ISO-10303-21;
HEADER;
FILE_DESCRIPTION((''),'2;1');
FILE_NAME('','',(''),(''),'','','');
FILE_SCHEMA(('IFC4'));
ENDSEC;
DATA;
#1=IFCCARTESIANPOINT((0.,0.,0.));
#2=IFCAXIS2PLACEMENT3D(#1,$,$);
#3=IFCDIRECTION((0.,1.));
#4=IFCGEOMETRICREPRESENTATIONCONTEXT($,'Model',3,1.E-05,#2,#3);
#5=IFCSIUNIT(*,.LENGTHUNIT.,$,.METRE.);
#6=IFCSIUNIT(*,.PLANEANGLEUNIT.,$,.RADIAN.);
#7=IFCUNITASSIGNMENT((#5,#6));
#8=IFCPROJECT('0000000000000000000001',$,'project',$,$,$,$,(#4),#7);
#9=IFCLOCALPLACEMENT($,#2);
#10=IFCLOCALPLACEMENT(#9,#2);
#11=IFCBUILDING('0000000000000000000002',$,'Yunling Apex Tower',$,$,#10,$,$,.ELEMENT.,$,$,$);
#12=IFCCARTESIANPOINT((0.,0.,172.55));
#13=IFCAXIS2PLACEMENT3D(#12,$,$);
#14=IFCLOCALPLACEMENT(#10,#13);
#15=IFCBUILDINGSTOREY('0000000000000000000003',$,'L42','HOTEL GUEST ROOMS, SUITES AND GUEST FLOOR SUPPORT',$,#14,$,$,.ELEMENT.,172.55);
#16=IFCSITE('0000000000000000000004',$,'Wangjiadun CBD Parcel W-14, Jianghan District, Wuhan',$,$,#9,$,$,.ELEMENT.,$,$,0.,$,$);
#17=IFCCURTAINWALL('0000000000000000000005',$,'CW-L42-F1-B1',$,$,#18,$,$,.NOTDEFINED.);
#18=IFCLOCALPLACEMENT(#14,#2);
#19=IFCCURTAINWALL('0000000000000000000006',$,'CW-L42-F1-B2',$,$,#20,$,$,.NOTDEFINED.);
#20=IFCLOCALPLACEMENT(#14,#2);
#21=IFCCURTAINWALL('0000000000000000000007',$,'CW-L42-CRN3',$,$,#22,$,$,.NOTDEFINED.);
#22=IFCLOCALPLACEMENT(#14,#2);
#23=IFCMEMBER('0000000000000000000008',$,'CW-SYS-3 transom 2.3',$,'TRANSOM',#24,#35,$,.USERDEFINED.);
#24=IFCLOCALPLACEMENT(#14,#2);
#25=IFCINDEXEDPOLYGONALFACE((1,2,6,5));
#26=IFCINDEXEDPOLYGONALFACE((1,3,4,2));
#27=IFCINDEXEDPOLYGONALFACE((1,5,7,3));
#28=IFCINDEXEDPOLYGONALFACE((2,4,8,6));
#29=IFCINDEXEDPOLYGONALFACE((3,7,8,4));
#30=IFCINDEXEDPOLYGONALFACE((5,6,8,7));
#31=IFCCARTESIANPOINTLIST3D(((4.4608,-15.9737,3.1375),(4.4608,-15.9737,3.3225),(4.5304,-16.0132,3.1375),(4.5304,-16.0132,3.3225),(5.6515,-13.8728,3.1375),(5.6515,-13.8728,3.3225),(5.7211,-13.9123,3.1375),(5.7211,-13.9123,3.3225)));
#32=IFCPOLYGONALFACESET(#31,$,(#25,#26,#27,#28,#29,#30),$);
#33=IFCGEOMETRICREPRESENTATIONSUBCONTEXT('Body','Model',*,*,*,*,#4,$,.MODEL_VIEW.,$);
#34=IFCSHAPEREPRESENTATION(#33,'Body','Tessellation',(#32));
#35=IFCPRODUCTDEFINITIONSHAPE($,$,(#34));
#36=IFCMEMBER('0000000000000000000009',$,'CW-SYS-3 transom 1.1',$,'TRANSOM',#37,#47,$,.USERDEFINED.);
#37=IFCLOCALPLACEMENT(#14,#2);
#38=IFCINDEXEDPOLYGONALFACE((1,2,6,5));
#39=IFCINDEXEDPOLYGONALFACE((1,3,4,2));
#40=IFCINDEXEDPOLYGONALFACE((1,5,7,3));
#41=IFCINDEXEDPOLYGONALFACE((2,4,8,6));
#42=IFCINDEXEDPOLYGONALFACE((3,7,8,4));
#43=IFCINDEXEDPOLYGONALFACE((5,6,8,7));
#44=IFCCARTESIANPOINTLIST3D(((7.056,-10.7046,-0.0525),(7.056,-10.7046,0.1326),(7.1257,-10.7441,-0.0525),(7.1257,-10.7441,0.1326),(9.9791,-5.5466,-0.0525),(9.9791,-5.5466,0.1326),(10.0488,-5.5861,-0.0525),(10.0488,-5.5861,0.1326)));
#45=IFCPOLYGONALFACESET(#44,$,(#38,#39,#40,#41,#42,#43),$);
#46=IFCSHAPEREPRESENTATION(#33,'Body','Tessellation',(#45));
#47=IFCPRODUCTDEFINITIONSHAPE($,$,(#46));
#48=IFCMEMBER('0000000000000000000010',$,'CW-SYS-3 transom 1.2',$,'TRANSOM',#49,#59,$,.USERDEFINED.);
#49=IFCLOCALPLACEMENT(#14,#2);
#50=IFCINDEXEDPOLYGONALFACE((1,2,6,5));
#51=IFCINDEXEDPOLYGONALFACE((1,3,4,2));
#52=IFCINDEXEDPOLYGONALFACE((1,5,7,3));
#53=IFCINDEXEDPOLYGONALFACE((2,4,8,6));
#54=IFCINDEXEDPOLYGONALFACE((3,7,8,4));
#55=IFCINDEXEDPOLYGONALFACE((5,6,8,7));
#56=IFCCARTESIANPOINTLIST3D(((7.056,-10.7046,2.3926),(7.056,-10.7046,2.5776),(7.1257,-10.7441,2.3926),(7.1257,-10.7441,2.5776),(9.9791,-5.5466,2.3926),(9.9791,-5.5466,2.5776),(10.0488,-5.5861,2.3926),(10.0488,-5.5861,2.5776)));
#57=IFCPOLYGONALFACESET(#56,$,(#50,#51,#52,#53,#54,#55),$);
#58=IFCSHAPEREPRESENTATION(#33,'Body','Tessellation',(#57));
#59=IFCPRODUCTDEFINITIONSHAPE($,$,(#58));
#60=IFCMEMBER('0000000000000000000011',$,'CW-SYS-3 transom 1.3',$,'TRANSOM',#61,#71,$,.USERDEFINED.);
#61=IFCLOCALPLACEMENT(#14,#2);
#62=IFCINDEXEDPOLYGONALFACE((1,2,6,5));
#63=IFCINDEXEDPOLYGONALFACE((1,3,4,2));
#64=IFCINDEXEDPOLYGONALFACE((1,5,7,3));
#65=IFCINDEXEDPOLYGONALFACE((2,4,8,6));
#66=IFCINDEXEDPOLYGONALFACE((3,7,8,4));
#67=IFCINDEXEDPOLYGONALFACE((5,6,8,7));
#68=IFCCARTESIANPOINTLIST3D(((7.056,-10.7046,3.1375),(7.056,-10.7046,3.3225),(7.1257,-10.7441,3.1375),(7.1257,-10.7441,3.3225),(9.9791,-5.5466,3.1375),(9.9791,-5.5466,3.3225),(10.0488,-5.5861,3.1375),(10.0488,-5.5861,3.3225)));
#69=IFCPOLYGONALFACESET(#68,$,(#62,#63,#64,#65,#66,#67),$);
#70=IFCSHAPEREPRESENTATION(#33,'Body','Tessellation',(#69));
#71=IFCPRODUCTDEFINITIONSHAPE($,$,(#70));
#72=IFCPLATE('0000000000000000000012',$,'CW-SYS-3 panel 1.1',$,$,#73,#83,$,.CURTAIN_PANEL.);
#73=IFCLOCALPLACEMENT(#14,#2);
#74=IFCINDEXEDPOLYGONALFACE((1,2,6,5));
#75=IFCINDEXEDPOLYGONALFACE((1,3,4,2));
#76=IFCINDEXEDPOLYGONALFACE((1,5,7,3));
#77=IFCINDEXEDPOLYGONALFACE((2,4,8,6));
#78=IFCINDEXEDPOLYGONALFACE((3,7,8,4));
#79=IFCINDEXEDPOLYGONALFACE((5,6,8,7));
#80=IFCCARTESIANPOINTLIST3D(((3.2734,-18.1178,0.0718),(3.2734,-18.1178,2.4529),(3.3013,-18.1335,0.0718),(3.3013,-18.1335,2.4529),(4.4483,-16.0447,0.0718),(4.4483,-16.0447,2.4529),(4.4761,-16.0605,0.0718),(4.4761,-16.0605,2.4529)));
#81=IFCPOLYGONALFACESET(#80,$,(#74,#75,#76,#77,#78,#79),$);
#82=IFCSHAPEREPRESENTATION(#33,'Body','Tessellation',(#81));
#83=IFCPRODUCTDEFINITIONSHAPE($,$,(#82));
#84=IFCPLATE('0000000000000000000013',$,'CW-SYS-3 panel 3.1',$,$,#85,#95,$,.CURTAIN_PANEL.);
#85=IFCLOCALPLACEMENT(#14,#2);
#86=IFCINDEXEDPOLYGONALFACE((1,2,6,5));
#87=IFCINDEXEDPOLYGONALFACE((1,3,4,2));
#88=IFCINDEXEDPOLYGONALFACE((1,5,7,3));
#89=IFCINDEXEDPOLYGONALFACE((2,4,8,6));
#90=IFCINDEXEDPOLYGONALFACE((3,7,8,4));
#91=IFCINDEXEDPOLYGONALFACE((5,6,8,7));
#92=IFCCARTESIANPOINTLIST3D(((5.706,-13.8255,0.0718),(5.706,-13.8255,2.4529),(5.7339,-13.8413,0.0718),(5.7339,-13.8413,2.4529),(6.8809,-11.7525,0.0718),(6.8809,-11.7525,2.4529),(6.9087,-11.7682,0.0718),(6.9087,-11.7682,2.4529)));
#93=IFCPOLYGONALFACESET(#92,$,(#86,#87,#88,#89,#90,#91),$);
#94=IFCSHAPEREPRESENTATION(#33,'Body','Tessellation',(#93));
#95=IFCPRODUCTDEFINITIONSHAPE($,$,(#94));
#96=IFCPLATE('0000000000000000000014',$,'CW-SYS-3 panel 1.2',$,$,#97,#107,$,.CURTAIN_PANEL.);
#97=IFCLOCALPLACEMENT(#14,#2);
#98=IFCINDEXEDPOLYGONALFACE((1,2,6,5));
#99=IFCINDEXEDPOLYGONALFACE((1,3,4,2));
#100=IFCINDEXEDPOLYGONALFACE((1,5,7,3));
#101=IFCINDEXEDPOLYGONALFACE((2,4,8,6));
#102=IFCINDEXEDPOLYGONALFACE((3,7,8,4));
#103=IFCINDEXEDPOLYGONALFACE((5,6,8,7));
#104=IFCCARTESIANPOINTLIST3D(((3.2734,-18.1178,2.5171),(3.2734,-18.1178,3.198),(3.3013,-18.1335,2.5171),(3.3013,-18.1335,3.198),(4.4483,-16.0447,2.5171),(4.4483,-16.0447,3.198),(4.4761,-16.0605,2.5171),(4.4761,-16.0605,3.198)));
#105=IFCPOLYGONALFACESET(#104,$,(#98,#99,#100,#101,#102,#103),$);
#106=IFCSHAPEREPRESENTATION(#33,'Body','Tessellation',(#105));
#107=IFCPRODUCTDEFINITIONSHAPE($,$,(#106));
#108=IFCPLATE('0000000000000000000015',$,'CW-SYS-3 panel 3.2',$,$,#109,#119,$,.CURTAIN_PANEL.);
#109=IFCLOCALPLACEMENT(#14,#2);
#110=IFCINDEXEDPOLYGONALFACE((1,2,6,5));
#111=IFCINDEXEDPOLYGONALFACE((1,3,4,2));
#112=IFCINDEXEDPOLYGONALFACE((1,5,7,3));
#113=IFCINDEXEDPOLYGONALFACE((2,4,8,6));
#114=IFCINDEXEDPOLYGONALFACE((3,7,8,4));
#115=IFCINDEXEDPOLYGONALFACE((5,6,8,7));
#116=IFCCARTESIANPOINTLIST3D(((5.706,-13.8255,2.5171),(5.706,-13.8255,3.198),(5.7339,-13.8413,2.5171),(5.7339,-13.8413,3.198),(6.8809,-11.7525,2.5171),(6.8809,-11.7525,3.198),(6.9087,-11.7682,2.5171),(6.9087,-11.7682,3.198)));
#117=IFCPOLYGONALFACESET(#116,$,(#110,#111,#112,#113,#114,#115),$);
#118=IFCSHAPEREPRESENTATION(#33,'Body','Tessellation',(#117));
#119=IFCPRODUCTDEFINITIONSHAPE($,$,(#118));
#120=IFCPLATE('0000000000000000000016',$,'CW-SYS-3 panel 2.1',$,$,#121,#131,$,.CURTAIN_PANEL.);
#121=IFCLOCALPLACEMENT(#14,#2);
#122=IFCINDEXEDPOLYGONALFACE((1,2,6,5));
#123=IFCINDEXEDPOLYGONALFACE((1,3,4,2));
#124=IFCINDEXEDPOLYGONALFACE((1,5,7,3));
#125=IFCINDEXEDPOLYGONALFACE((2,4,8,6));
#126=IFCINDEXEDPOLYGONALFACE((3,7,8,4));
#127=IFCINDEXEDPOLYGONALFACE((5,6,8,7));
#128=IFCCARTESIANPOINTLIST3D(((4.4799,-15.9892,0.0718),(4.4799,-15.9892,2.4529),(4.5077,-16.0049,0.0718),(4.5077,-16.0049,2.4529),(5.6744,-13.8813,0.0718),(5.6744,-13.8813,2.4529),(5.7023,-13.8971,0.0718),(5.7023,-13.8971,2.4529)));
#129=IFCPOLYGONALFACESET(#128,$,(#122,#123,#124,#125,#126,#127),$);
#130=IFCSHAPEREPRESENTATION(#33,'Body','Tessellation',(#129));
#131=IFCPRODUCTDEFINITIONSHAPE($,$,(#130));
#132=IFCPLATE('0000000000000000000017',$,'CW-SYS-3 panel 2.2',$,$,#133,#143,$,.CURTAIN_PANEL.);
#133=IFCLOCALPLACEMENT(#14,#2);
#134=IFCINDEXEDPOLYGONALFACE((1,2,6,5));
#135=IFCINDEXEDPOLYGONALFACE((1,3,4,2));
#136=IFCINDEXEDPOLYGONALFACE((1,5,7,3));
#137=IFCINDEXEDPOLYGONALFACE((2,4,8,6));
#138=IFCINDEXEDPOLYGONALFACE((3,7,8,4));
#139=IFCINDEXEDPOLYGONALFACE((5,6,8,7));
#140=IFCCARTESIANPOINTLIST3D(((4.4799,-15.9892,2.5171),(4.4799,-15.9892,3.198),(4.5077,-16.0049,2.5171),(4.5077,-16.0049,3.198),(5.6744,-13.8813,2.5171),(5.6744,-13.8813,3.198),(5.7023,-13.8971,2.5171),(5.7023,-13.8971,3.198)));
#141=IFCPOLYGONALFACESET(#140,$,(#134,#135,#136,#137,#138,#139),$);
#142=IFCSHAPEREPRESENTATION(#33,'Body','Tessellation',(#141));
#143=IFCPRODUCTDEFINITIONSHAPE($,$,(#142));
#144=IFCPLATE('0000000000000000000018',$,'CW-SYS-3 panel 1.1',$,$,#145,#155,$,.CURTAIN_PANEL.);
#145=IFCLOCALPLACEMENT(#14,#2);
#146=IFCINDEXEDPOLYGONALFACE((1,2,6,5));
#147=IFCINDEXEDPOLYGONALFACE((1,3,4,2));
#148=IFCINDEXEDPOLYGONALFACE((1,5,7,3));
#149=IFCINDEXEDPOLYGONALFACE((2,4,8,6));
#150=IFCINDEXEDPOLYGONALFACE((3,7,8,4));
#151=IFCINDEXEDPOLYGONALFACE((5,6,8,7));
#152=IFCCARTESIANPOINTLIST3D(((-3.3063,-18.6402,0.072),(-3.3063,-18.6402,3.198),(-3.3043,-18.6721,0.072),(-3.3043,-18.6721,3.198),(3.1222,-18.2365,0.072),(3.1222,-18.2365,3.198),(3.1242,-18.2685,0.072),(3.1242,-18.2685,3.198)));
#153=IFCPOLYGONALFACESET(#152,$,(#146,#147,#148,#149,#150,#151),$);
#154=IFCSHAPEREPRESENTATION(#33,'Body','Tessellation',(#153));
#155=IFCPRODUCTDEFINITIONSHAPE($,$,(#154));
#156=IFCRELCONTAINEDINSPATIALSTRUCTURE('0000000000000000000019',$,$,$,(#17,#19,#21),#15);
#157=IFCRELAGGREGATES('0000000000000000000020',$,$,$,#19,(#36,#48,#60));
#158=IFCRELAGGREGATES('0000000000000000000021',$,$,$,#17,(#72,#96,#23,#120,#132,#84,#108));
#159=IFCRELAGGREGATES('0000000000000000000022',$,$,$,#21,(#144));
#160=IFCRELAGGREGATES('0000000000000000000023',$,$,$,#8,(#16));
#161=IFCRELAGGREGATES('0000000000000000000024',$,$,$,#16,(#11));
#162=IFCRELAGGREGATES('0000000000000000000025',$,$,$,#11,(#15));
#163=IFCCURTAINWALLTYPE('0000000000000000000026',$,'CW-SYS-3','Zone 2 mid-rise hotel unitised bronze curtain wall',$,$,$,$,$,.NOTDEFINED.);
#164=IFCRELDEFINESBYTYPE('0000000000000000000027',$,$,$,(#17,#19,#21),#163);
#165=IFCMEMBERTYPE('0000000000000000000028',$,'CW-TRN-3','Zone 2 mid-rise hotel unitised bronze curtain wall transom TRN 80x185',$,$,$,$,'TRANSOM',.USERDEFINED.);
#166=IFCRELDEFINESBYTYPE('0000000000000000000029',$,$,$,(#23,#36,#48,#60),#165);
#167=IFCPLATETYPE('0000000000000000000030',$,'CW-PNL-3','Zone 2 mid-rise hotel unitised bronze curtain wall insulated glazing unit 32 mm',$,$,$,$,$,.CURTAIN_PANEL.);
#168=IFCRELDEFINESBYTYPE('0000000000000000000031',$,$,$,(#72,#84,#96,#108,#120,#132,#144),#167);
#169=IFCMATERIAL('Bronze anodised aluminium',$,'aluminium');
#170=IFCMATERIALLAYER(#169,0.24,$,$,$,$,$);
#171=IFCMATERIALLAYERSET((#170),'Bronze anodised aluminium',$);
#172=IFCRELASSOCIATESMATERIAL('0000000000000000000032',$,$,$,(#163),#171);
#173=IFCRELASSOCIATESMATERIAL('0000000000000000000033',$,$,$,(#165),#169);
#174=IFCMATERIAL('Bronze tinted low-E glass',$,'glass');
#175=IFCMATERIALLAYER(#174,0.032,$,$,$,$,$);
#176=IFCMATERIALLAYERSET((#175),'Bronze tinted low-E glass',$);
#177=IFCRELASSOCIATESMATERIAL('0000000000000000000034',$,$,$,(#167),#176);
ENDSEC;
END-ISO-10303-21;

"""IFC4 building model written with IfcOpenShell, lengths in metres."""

from ifc_helpers import new_model, si_unit, direction, frame, origin, origin_2d, place, context, subcontext, project, spatial, rectangle, extrude, source, transform, mapped, material, layer, layer_set, material_profile, profile_set, type_object, element, aggregate, save


model = new_model("IFC4")

# Units and contexts
model_context = context("Model", 3, precision=1e-05, world=origin(), true_north=direction((0.0, 1.0)))
body_context = subcontext(model_context, "Body", "Model", "MODEL_VIEW")
ifc_project = project(units=[si_unit("LENGTHUNIT", "METRE"), si_unit("PLANEANGLEUNIT", "RADIAN")], contexts=[model_context])

# Site, building, storey
site_placement = place(None, origin())
site = spatial("IfcSite", under=ifc_project, at=site_placement, Name="Wangjiadun CBD Parcel W-14, Jianghan District, Wuhan", CompositionType="ELEMENT", RefElevation=0.0)
building_placement = place(site_placement, origin())
building = spatial("IfcBuilding", under=site, at=building_placement, Name="Yunling Apex Tower", CompositionType="ELEMENT")
storey_placement = place(building_placement, frame((0.0, 0.0, 172.55)))
storey = spatial("IfcBuildingStorey", under=building, at=storey_placement, Name="L42", Description="HOTEL GUEST ROOMS, SUITES AND GUEST FLOOR SUPPORT", CompositionType="ELEMENT", Elevation=172.55)

# Curtain wall
ifc_material_1 = material(Name="Bronze anodised aluminium", Category="aluminium")
ifc_layer_1 = layer(ifc_material_1, 0.24)
ifc_layer_set_1 = layer_set([ifc_layer_1], Name="Bronze anodised aluminium")
curtain_wall_type = type_object("IfcCurtainWallType", Name="CW-SYS-3", Description="Zone 2 mid-rise hotel unitised bronze curtain wall", PredefinedType="NOTDEFINED", material=ifc_layer_set_1)
curtain_wall_1_placement = place(storey_placement, origin())
curtain_wall_1 = element("IfcCurtainWall", 1, at=curtain_wall_1_placement, inside=storey, type_object=curtain_wall_type, Name="CW-L42-F1-B1", PredefinedType="NOTDEFINED")

# Curtain walls
curtain_wall_2_placement = place(storey_placement, origin())
curtain_wall_2 = element("IfcCurtainWall", 2, at=curtain_wall_2_placement, inside=storey, type_object=curtain_wall_type, Name="CW-L42-F1-B2", PredefinedType="NOTDEFINED")
curtain_wall_3_placement = place(storey_placement, origin())
curtain_wall_3 = element("IfcCurtainWall", 3, at=curtain_wall_3_placement, inside=storey, type_object=curtain_wall_type, Name="CW-L42-CRN3", PredefinedType="NOTDEFINED")

# Members
ifc_material_profile_1 = material_profile(ifc_material_1, rectangle(XDim=0.0801, YDim=0.1851, at=origin_2d()))
ifc_profile_set_1 = profile_set([ifc_material_profile_1], Name="Bronze anodised aluminium")
member_type_1 = type_object("IfcMemberType", Name="CW-TRN-3", Description="Zone 2 mid-rise hotel unitised bronze curtain wall transom TRN 80x185", ElementType="TRANSOM", PredefinedType="USERDEFINED", material=ifc_profile_set_1)
shared_shape_1 = source(origin(), body_context, "Body", "SweptSolid", [
    extrude(rectangle(XDim=0.0801, YDim=0.1851, at=origin_2d()), origin(), (0.0, 0.0, 1.0), 2.4148),
])
member_1_placement = place(storey_placement, frame((4.4956, -15.9934, 3.23), z_axis=(0.493076, 0.869986, 0.0), x_axis=(-0.869986, 0.493076, 0.0)))
member_1 = element("IfcMember", 4, at=member_1_placement, type_object=member_type_1, Name="CW-SYS-3 transom 2.3", ObjectType="TRANSOM", PredefinedType="USERDEFINED", context=body_context, shape_type="MappedRepresentation", body=[
    mapped(shared_shape_1, transform((0.0, 0.0, 0.0), scale=1.0)),
])
shared_shape_2 = source(origin(), body_context, "Body", "SweptSolid", [
    extrude(rectangle(XDim=0.0801, YDim=0.1851, at=origin_2d()), origin(), (0.0, 0.0, 1.0), 5.9287),
])
member_2_placement = place(storey_placement, frame((7.0908, -10.7244, 0.04), z_axis=(0.493045, 0.870004, 0.0), x_axis=(-0.870004, 0.493045, 0.0)))
member_2 = element("IfcMember", 5, at=member_2_placement, type_object=member_type_1, Name="CW-SYS-3 transom 1.1", ObjectType="TRANSOM", PredefinedType="USERDEFINED", context=body_context, shape_type="MappedRepresentation", body=[
    mapped(shared_shape_2, transform((0.0, 0.0, 0.0), scale=1.0)),
])
member_3_placement = place(storey_placement, frame((7.0908, -10.7244, 2.4851), z_axis=(0.493045, 0.870004, 0.0), x_axis=(-0.870004, 0.493045, 0.0)))
member_3 = element("IfcMember", 6, at=member_3_placement, type_object=member_type_1, Name="CW-SYS-3 transom 1.2", ObjectType="TRANSOM", PredefinedType="USERDEFINED", context=body_context, shape_type="MappedRepresentation", body=[
    mapped(shared_shape_2, transform((0.0, 0.0, 0.0), scale=1.0)),
])
member_4_placement = place(storey_placement, frame((7.0908, -10.7244, 3.23), z_axis=(0.493045, 0.870004, 0.0), x_axis=(-0.870004, 0.493045, 0.0)))
member_4 = element("IfcMember", 7, at=member_4_placement, type_object=member_type_1, Name="CW-SYS-3 transom 1.3", ObjectType="TRANSOM", PredefinedType="USERDEFINED", context=body_context, shape_type="MappedRepresentation", body=[
    mapped(shared_shape_2, transform((0.0, 0.0, 0.0), scale=1.0)),
])
aggregate(curtain_wall_2, [member_2, member_3, member_4])

# Plates
ifc_material_2 = material(Name="Bronze tinted low-E glass", Category="glass")
ifc_layer_2 = layer(ifc_material_2, 0.032)
ifc_layer_set_2 = layer_set([ifc_layer_2], Name="Bronze tinted low-E glass")
plate_type = type_object("IfcPlateType", Name="CW-PNL-3", Description="Zone 2 mid-rise hotel unitised bronze curtain wall insulated glazing unit 32 mm", PredefinedType="CURTAIN_PANEL", material=ifc_layer_set_2)
shared_shape_3 = source(origin(), body_context, "Body", "SweptSolid", [
    extrude(rectangle(XDim=2.3828, YDim=0.032, at=origin_2d()), origin(), (0.0, 0.0, 1.0), 2.3811),
])
plate_1_placement = place(storey_placement, frame((3.8748, -17.0891, 0.0718), z_axis=(0.0, 0.0, 1.0), x_axis=(0.493041, 0.870006, 0.0)))
plate_1 = element("IfcPlate", 8, at=plate_1_placement, type_object=plate_type, Name="CW-SYS-3 panel 1.1", PredefinedType="CURTAIN_PANEL", context=body_context, shape_type="MappedRepresentation", body=[
    mapped(shared_shape_3, transform((0.0, 0.0, 0.0), scale=1.0)),
])
plate_2_placement = place(storey_placement, frame((6.3074, -12.7969, 0.0718), z_axis=(0.0, 0.0, 1.0), x_axis=(0.493041, 0.870006, 0.0)))
plate_2 = element("IfcPlate", 9, at=plate_2_placement, type_object=plate_type, Name="CW-SYS-3 panel 3.1", PredefinedType="CURTAIN_PANEL", context=body_context, shape_type="MappedRepresentation", body=[
    mapped(shared_shape_3, transform((0.0, 0.0, 0.0), scale=1.0)),
])
shared_shape_4 = source(origin(), body_context, "Body", "SweptSolid", [
    extrude(rectangle(XDim=2.3828, YDim=0.032, at=origin_2d()), origin(), (0.0, 0.0, 1.0), 0.6809),
])
plate_3_placement = place(storey_placement, frame((3.8748, -17.0891, 2.5171), z_axis=(0.0, 0.0, 1.0), x_axis=(0.493041, 0.870006, 0.0)))
plate_3 = element("IfcPlate", 10, at=plate_3_placement, type_object=plate_type, Name="CW-SYS-3 panel 1.2", PredefinedType="CURTAIN_PANEL", context=body_context, shape_type="MappedRepresentation", body=[
    mapped(shared_shape_4, transform((0.0, 0.0, 0.0), scale=1.0)),
])
plate_4_placement = place(storey_placement, frame((6.3074, -12.7969, 2.5171), z_axis=(0.0, 0.0, 1.0), x_axis=(0.493041, 0.870006, 0.0)))
plate_4 = element("IfcPlate", 11, at=plate_4_placement, type_object=plate_type, Name="CW-SYS-3 panel 3.2", PredefinedType="CURTAIN_PANEL", context=body_context, shape_type="MappedRepresentation", body=[
    mapped(shared_shape_4, transform((0.0, 0.0, 0.0), scale=1.0)),
])
shared_shape_5 = source(origin(), body_context, "Body", "SweptSolid", [
    extrude(rectangle(XDim=2.4229, YDim=0.032, at=origin_2d()), origin(), (0.0, 0.0, 1.0), 2.3811),
])
plate_5_placement = place(storey_placement, frame((5.0911, -14.9431, 0.0718), z_axis=(0.0, 0.0, 1.0), x_axis=(0.493041, 0.870006, 0.0)))
plate_5 = element("IfcPlate", 12, at=plate_5_placement, type_object=plate_type, Name="CW-SYS-3 panel 2.1", PredefinedType="CURTAIN_PANEL", context=body_context, shape_type="MappedRepresentation", body=[
    mapped(shared_shape_5, transform((0.0, 0.0, 0.0), scale=1.0)),
])
shared_shape_6 = source(origin(), body_context, "Body", "SweptSolid", [
    extrude(rectangle(XDim=2.4229, YDim=0.032, at=origin_2d()), origin(), (0.0, 0.0, 1.0), 0.6809),
])
plate_6_placement = place(storey_placement, frame((5.0911, -14.9431, 2.5171), z_axis=(0.0, 0.0, 1.0), x_axis=(0.493041, 0.870006, 0.0)))
plate_6 = element("IfcPlate", 13, at=plate_6_placement, type_object=plate_type, Name="CW-SYS-3 panel 2.2", PredefinedType="CURTAIN_PANEL", context=body_context, shape_type="MappedRepresentation", body=[
    mapped(shared_shape_6, transform((0.0, 0.0, 0.0), scale=1.0)),
])
aggregate(curtain_wall_1, [plate_1, plate_3, member_1, plate_5, plate_6, plate_2, plate_4])
shared_shape_7 = source(origin(), body_context, "Body", "SweptSolid", [
    extrude(rectangle(XDim=6.4412, YDim=0.032, at=origin_2d()), origin(), (0.0, 0.0, 1.0), 3.126),
])
plate_7_placement = place(storey_placement, frame((-0.0911, -18.4543, 0.072), z_axis=(0.0, 0.0, 1.0), x_axis=(0.998034, 0.062672, 0.0)))
plate_7 = element("IfcPlate", 14, at=plate_7_placement, type_object=plate_type, Name="CW-SYS-3 panel 1.1", PredefinedType="CURTAIN_PANEL", context=body_context, shape_type="MappedRepresentation", body=[
    mapped(shared_shape_7, transform((0.0, 0.0, 0.0), scale=1.0)),
])
aggregate(curtain_wall_3, [plate_7])

save(model, "model.ifc")
